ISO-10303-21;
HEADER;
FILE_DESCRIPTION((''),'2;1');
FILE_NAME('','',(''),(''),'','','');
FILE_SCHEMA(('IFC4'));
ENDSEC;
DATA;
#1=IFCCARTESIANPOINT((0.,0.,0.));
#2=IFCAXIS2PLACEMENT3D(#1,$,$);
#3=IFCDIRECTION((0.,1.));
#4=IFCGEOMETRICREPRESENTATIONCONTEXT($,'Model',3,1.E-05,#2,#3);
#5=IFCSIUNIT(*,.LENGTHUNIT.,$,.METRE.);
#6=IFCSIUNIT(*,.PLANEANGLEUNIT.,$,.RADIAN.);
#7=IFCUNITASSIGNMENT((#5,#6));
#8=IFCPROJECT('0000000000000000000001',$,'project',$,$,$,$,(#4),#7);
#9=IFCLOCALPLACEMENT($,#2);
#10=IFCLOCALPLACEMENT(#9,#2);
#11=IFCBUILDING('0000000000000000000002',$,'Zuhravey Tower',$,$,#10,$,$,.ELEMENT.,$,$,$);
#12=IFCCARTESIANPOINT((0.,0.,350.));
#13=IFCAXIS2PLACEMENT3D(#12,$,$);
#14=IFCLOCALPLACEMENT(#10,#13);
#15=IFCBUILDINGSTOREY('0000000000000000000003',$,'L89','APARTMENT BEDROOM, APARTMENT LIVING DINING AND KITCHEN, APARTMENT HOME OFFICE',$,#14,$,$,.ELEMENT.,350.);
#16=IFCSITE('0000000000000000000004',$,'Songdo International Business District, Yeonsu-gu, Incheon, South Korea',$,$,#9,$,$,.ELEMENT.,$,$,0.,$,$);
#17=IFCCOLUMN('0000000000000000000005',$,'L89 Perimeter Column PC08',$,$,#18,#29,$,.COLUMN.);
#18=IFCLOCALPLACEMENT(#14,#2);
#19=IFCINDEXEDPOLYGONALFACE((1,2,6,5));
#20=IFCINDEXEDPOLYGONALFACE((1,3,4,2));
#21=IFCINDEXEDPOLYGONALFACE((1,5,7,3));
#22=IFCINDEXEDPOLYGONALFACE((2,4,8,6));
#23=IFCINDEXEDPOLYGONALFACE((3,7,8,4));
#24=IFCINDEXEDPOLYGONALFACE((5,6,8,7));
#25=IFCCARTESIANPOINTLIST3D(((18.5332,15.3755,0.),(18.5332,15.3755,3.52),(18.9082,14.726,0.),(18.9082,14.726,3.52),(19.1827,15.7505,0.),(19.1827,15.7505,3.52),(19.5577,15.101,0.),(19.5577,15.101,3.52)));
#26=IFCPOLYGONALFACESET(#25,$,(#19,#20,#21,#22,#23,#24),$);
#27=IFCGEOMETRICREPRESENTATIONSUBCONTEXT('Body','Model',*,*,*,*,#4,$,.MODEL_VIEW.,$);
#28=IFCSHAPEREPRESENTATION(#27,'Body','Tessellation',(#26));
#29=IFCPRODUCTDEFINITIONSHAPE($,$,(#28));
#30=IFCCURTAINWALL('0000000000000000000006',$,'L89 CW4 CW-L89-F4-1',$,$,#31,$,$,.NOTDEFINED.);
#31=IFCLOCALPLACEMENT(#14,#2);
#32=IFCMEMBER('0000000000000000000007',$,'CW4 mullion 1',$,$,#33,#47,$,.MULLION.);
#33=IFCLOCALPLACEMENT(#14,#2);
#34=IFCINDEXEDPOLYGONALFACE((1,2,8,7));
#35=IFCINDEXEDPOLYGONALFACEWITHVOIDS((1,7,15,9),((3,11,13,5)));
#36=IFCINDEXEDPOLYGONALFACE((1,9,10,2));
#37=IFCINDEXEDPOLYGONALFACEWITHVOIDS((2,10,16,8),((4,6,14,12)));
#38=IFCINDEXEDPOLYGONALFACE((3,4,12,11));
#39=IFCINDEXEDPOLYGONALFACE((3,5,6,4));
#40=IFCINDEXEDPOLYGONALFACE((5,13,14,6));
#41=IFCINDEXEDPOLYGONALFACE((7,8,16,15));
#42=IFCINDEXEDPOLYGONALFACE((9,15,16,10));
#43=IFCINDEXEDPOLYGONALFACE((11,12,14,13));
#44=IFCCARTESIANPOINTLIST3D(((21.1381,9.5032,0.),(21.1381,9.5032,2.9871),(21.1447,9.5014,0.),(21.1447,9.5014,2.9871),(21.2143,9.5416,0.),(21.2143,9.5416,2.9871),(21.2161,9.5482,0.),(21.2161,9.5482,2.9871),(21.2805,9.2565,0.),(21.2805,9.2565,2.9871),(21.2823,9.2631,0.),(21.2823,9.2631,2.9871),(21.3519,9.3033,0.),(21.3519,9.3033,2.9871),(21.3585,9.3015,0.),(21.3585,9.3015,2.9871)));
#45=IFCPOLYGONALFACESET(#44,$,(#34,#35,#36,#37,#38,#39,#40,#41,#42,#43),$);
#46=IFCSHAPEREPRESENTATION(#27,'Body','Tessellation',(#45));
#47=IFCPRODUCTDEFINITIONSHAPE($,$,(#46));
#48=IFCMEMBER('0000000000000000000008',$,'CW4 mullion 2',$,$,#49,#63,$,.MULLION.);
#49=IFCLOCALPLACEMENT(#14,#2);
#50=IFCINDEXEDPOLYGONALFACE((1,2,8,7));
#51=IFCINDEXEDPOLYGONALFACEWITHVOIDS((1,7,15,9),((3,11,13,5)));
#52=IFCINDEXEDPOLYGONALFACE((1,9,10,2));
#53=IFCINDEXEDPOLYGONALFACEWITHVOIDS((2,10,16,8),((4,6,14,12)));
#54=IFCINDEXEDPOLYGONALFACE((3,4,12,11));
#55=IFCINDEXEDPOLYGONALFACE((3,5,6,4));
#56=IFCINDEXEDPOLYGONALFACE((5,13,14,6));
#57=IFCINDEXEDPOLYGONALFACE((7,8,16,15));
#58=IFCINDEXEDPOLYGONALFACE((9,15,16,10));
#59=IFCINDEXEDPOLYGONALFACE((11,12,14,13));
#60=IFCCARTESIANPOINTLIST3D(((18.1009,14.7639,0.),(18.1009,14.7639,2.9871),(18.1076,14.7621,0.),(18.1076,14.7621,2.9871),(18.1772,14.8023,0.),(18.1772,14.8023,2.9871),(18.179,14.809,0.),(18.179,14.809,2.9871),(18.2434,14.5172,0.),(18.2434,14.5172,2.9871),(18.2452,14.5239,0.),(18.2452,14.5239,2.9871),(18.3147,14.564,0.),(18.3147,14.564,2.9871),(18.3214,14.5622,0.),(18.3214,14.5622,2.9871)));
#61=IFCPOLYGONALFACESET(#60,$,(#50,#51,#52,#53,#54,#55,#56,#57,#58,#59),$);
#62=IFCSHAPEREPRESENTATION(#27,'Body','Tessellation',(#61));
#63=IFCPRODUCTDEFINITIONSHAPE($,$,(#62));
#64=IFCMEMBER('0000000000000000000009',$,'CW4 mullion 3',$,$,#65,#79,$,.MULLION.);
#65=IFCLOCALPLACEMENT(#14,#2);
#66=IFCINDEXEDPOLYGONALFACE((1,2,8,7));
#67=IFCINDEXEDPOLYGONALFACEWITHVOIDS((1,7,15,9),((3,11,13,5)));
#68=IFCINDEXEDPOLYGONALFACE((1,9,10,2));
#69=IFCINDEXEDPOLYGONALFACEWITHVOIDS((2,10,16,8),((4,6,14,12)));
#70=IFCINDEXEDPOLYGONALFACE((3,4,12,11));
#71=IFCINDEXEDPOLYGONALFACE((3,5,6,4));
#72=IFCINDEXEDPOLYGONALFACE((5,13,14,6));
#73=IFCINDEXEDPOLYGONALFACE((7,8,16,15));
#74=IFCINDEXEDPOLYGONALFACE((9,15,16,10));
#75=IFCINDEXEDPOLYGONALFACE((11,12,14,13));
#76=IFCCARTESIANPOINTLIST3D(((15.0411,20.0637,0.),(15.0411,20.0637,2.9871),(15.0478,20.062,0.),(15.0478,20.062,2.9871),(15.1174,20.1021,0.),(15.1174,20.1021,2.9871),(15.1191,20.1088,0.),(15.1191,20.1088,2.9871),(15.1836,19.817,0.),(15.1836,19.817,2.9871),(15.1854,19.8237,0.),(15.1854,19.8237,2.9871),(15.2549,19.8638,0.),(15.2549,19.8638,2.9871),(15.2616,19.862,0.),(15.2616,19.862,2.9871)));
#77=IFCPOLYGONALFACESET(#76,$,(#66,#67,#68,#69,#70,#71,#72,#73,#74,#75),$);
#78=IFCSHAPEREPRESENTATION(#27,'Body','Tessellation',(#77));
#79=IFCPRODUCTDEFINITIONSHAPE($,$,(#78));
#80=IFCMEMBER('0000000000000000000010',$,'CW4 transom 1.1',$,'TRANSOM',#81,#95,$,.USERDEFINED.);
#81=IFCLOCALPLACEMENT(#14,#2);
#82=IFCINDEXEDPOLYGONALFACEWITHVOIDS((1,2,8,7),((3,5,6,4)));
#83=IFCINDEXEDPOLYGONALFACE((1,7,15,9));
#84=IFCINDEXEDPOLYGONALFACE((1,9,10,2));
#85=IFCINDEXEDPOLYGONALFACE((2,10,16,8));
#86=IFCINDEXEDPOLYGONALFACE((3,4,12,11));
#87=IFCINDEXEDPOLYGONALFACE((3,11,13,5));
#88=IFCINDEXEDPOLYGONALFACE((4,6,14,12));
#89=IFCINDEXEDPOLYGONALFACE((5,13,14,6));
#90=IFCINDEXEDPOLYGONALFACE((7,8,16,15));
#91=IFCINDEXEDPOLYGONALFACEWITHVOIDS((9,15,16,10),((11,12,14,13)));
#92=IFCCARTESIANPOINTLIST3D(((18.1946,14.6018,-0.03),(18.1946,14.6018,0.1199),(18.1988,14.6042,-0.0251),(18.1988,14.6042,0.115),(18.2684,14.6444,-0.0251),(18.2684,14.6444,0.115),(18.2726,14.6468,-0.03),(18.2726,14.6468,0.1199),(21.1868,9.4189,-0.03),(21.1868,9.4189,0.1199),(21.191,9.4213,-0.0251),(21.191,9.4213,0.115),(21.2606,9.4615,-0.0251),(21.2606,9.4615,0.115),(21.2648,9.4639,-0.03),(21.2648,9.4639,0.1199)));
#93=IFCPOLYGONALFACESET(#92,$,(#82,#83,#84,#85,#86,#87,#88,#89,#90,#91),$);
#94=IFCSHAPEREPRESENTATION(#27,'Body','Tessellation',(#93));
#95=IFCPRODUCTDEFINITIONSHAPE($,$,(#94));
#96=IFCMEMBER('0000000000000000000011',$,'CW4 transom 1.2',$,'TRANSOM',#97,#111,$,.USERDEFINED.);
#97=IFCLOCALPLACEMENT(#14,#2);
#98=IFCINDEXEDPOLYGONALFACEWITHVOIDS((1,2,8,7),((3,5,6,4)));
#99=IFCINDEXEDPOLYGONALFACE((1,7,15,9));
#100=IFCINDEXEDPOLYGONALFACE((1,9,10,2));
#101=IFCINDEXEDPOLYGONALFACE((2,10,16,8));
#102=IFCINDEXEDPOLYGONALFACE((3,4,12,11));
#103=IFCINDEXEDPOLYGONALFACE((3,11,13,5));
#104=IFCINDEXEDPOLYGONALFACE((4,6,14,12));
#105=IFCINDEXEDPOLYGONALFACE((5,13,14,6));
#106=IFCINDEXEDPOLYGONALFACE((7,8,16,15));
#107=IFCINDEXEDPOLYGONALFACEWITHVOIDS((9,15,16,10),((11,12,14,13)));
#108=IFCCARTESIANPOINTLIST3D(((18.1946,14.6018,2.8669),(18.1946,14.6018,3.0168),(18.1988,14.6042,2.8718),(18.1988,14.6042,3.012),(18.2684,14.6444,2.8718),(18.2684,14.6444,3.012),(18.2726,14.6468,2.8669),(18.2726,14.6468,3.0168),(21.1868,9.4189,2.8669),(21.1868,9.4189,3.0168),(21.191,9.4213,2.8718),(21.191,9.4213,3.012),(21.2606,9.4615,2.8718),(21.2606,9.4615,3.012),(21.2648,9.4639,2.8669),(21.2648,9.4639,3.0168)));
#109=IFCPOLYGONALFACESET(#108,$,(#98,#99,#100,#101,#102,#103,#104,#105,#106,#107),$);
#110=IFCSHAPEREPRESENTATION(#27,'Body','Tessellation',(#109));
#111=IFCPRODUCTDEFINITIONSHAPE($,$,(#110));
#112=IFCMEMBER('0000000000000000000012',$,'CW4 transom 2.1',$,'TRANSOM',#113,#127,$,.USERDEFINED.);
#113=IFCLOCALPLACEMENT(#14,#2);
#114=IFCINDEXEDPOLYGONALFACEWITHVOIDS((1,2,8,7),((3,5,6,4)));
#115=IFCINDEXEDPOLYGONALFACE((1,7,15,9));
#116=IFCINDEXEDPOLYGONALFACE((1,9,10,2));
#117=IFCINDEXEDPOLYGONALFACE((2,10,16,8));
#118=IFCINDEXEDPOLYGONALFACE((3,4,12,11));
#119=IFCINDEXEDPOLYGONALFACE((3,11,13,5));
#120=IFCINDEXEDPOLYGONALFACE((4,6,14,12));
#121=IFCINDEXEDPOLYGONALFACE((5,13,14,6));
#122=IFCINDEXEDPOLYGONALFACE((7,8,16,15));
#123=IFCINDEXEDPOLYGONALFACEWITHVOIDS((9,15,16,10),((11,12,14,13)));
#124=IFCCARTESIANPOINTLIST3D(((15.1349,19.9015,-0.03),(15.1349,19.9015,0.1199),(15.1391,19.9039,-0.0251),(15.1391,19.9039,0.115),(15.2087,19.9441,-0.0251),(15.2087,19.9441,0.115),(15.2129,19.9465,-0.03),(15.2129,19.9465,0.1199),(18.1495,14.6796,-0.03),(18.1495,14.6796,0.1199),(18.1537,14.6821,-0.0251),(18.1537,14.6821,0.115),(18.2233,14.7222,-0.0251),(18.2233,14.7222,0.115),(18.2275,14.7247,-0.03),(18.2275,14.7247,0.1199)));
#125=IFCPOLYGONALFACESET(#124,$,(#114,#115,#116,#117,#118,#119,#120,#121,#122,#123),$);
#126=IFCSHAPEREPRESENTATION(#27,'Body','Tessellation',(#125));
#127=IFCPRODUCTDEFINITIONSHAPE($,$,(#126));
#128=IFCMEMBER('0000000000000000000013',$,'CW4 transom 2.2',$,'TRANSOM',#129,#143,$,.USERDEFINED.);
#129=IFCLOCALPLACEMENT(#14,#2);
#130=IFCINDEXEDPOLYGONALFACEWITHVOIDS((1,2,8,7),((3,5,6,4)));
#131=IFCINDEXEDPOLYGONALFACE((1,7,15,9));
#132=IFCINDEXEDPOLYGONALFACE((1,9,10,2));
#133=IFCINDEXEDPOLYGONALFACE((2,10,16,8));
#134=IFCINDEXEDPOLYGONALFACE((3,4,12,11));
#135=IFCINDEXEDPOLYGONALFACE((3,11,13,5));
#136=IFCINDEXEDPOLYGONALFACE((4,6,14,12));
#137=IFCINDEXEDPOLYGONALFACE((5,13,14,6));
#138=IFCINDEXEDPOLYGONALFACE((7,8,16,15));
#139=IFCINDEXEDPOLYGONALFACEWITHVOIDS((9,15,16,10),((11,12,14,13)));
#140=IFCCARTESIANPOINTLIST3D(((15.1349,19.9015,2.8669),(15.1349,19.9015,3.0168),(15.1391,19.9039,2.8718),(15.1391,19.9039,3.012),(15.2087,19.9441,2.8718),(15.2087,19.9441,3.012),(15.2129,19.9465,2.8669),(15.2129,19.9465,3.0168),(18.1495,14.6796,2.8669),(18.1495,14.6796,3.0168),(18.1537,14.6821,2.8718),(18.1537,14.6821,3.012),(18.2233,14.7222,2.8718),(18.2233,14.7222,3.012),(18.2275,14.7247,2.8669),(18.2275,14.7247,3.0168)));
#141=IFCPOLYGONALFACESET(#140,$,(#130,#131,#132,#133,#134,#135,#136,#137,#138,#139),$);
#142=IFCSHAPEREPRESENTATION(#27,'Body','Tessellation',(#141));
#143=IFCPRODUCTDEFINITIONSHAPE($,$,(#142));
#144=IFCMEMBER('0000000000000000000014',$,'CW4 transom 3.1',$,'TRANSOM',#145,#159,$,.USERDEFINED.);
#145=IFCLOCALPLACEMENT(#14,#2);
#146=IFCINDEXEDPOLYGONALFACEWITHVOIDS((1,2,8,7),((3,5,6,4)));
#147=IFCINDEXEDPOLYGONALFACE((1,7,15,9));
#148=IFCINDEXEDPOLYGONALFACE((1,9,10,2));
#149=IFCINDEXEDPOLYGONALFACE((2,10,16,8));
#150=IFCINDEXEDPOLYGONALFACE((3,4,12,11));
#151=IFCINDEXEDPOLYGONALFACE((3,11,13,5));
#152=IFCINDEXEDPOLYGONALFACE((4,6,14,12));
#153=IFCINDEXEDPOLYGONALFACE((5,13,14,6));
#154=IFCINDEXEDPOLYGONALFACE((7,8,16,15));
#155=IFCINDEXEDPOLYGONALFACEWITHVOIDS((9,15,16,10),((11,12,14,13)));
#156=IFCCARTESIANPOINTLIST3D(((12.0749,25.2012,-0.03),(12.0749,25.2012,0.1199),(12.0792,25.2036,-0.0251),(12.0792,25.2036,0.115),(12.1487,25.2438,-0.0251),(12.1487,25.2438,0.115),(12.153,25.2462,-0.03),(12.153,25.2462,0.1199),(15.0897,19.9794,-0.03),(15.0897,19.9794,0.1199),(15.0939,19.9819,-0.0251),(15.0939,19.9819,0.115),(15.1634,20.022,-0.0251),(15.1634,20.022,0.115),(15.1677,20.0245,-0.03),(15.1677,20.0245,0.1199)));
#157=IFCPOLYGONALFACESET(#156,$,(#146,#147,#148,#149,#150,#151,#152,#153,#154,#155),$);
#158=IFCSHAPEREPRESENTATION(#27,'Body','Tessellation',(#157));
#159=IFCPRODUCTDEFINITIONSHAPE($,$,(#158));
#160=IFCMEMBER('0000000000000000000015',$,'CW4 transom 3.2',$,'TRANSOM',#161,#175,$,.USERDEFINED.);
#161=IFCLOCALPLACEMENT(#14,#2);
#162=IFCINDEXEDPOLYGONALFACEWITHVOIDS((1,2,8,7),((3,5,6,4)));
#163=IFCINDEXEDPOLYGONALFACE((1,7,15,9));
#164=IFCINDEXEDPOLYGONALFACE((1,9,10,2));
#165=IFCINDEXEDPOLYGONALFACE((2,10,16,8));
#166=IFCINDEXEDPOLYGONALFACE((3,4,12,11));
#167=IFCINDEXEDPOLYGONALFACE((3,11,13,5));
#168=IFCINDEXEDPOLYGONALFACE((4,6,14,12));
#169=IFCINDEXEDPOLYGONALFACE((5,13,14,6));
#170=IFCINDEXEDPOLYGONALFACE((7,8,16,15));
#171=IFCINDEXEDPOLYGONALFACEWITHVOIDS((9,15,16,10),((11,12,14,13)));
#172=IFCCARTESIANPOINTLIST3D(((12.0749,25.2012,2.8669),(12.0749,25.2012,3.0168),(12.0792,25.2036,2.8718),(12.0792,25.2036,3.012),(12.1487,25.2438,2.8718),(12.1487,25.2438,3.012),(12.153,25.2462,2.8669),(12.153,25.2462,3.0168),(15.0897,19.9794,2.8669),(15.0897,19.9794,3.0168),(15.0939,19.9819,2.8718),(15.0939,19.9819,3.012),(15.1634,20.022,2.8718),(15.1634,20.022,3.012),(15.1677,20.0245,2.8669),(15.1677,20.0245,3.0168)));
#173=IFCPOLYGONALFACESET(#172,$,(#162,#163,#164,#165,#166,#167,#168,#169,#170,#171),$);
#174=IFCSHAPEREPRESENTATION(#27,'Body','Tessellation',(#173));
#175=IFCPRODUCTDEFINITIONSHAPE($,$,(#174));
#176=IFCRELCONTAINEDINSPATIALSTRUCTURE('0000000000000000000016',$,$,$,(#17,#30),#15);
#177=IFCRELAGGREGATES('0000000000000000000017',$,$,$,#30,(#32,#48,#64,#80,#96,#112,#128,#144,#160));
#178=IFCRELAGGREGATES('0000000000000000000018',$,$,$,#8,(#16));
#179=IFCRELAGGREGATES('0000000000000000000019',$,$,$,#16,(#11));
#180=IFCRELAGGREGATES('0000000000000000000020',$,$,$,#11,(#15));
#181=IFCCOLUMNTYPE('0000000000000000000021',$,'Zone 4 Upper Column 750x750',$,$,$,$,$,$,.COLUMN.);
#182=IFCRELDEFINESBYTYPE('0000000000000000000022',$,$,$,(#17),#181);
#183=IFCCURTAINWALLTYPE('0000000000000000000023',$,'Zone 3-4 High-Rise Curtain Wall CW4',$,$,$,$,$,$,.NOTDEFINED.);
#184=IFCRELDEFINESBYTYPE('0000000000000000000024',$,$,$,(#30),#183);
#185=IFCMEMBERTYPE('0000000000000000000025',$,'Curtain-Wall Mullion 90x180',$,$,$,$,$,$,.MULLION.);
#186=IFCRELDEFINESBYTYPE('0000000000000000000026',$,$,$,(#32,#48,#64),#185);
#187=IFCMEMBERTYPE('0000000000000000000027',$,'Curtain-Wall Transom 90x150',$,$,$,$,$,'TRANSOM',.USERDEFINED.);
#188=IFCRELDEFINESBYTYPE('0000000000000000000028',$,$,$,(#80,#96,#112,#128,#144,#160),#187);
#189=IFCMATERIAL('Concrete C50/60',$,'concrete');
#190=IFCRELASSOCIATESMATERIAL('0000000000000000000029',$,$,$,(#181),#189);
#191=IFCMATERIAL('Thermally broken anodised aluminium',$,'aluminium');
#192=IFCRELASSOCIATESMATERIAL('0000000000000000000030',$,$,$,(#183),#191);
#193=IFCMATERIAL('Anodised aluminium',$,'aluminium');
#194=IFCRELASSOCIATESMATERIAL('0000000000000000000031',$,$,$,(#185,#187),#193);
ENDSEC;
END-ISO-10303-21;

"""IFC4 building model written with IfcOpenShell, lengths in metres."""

from ifc_helpers import new_model, si_unit, direction, frame, origin, origin_2d, place, context, subcontext, project, spatial, rectangle, hollow_rectangle, extrude, material, material_profile, profile_set, type_object, element, aggregate, save


model = new_model("IFC4")

# Units and contexts
model_context = context("Model", 3, precision=1e-05, world=origin(), true_north=direction((0.0, 1.0)))
body_context = subcontext(model_context, "Body", "Model", "MODEL_VIEW")
ifc_project = project(units=[si_unit("LENGTHUNIT", "METRE"), si_unit("PLANEANGLEUNIT", "RADIAN")], contexts=[model_context])

# Site, building, storey
site_placement = place(None, origin())
site = spatial("IfcSite", under=ifc_project, at=site_placement, Name="Songdo International Business District, Yeonsu-gu, Incheon, South Korea", CompositionType="ELEMENT", RefElevation=0.0)
building_placement = place(site_placement, origin())
building = spatial("IfcBuilding", under=site, at=building_placement, Name="Zuhravey Tower", CompositionType="ELEMENT")
storey_placement = place(building_placement, frame((0.0, 0.0, 350.0)))
storey = spatial("IfcBuildingStorey", under=building, at=storey_placement, Name="L89", Description="APARTMENT BEDROOM, APARTMENT LIVING DINING AND KITCHEN, APARTMENT HOME OFFICE", CompositionType="ELEMENT", Elevation=350.0)

# Column
ifc_material_1 = material(Name="Concrete C50/60", Category="concrete")
ifc_material_profile_1 = material_profile(ifc_material_1, rectangle(XDim=0.75, YDim=0.75, at=origin_2d()), Name="RC-750x750")
ifc_profile_set_1 = profile_set([ifc_material_profile_1], Name="Concrete C50/60")
column_type = type_object("IfcColumnType", Name="Zone 4 Upper Column 750x750", PredefinedType="COLUMN", material=ifc_profile_set_1)
column_placement = place(storey_placement, frame((19.0454, 15.2383, 0.0), z_axis=(0.0, 0.0, 1.0), x_axis=(0.5, -0.866025, 0.0)))
element("IfcColumn", 1, at=column_placement, inside=storey, type_object=column_type, Name="L89 Perimeter Column PC08", PredefinedType="COLUMN", context=body_context, shape_type="SweptSolid", body=[
    extrude(rectangle(XDim=0.75, YDim=0.75, at=origin_2d()), origin(), (0.0, 0.0, 1.0), 3.52),
])

# Curtain wall, members
ifc_material_2 = material(Name="Thermally broken anodised aluminium", Category="aluminium")
curtain_wall_type = type_object("IfcCurtainWallType", Name="Zone 3-4 High-Rise Curtain Wall CW4", PredefinedType="NOTDEFINED", material=ifc_material_2)
curtain_wall_placement = place(storey_placement, origin())
curtain_wall = element("IfcCurtainWall", 2, at=curtain_wall_placement, inside=storey, type_object=curtain_wall_type, Name="L89 CW4 CW-L89-F4-1", PredefinedType="NOTDEFINED")
ifc_material_3 = material(Name="Anodised aluminium", Category="aluminium")
ifc_material_profile_2 = material_profile(ifc_material_3, hollow_rectangle(XDim=0.0901, YDim=0.2849, WallThickness=0.0049, at=origin_2d()), Name="ALU-RHS-90x285x5")
ifc_profile_set_2 = profile_set([ifc_material_profile_2], Name="Anodised aluminium")
member_type_1 = type_object("IfcMemberType", Name="Curtain-Wall Mullion 90x180", PredefinedType="MULLION", material=ifc_profile_set_2)
member_1_placement = place(storey_placement, frame((21.2483, 9.4023, 0.0), z_axis=(0.0, 0.0, 1.0), x_axis=(-0.866026, -0.5, 0.0)))
member_1 = element("IfcMember", 3, at=member_1_placement, type_object=member_type_1, Name="CW4 mullion 1", PredefinedType="MULLION", context=body_context, shape_type="SweptSolid", body=[
    extrude(hollow_rectangle(XDim=0.0901, YDim=0.2849, WallThickness=0.0049, at=origin_2d()), origin(), (0.0, 0.0, 1.0), 2.9871),
])
member_2_placement = place(storey_placement, frame((18.2112, 14.6631, 0.0), z_axis=(0.0, 0.0, 1.0), x_axis=(-0.866026, -0.5, 0.0)))
member_2 = element("IfcMember", 4, at=member_2_placement, type_object=member_type_1, Name="CW4 mullion 2", PredefinedType="MULLION", context=body_context, shape_type="SweptSolid", body=[
    extrude(hollow_rectangle(XDim=0.0901, YDim=0.2849, WallThickness=0.0049, at=origin_2d()), origin(), (0.0, 0.0, 1.0), 2.9871),
])
member_3_placement = place(storey_placement, frame((15.1514, 19.9629, 0.0), z_axis=(0.0, 0.0, 1.0), x_axis=(-0.866026, -0.5, 0.0)))
member_3 = element("IfcMember", 5, at=member_3_placement, type_object=member_type_1, Name="CW4 mullion 3", PredefinedType="MULLION", context=body_context, shape_type="SweptSolid", body=[
    extrude(hollow_rectangle(XDim=0.0901, YDim=0.2849, WallThickness=0.0049, at=origin_2d()), origin(), (0.0, 0.0, 1.0), 2.9871),
])
ifc_material_profile_3 = material_profile(ifc_material_3, hollow_rectangle(XDim=0.0901, YDim=0.1499, WallThickness=0.0049, at=origin_2d()), Name="ALU-RHS-90x150x5")
ifc_profile_set_3 = profile_set([ifc_material_profile_3], Name="Anodised aluminium")
member_type_2 = type_object("IfcMemberType", Name="Curtain-Wall Transom 90x150", ElementType="TRANSOM", PredefinedType="USERDEFINED", material=ifc_profile_set_3)
member_4_placement = place(storey_placement, frame((21.2258, 9.4414, 0.0449), z_axis=(-0.499983, 0.866035, 0.0), x_axis=(-0.866035, -0.499983, 0.0)))
member_4 = element("IfcMember", 6, at=member_4_placement, type_object=member_type_2, Name="CW4 transom 1.1", ObjectType="TRANSOM", PredefinedType="USERDEFINED", context=body_context, shape_type="SweptSolid", body=[
    extrude(hollow_rectangle(XDim=0.0901, YDim=0.1499, WallThickness=0.0049, at=origin_2d()), origin(), (0.0, 0.0, 1.0), 5.9846),
])
member_5_placement = place(storey_placement, frame((21.2258, 9.4414, 2.9419), z_axis=(-0.499983, 0.866035, 0.0), x_axis=(-0.866035, -0.499983, 0.0)))
member_5 = element("IfcMember", 7, at=member_5_placement, type_object=member_type_2, Name="CW4 transom 1.2", ObjectType="TRANSOM", PredefinedType="USERDEFINED", context=body_context, shape_type="SweptSolid", body=[
    extrude(hollow_rectangle(XDim=0.0901, YDim=0.1499, WallThickness=0.0049, at=origin_2d()), origin(), (0.0, 0.0, 1.0), 5.9846),
])
member_6_placement = place(storey_placement, frame((18.1885, 14.7021, 0.0449), z_axis=(-0.499971, 0.866042, 0.0), x_axis=(-0.866042, -0.499971, 0.0)))
member_6 = element("IfcMember", 8, at=member_6_placement, type_object=member_type_2, Name="CW4 transom 2.1", ObjectType="TRANSOM", PredefinedType="USERDEFINED", context=body_context, shape_type="SweptSolid", body=[
    extrude(hollow_rectangle(XDim=0.0901, YDim=0.1499, WallThickness=0.0049, at=origin_2d()), origin(), (0.0, 0.0, 1.0), 6.0295),
])
member_7_placement = place(storey_placement, frame((18.1885, 14.7021, 2.9419), z_axis=(-0.499971, 0.866042, 0.0), x_axis=(-0.866042, -0.499971, 0.0)))
member_7 = element("IfcMember", 9, at=member_7_placement, type_object=member_type_2, Name="CW4 transom 2.2", ObjectType="TRANSOM", PredefinedType="USERDEFINED", context=body_context, shape_type="SweptSolid", body=[
    extrude(hollow_rectangle(XDim=0.0901, YDim=0.1499, WallThickness=0.0049, at=origin_2d()), origin(), (0.0, 0.0, 1.0), 6.0295),
])
member_8_placement = place(storey_placement, frame((15.1287, 20.002, 0.0449), z_axis=(-0.499989, 0.866032, 0.0), x_axis=(-0.866032, -0.499989, 0.0)))
member_8 = element("IfcMember", 10, at=member_8_placement, type_object=member_type_2, Name="CW4 transom 3.1", ObjectType="TRANSOM", PredefinedType="USERDEFINED", context=body_context, shape_type="SweptSolid", body=[
    extrude(hollow_rectangle(XDim=0.0901, YDim=0.1499, WallThickness=0.0049, at=origin_2d()), origin(), (0.0, 0.0, 1.0), 6.0295),
])
member_9_placement = place(storey_placement, frame((15.1287, 20.002, 2.9419), z_axis=(-0.499989, 0.866032, 0.0), x_axis=(-0.866032, -0.499989, 0.0)))
member_9 = element("IfcMember", 11, at=member_9_placement, type_object=member_type_2, Name="CW4 transom 3.2", ObjectType="TRANSOM", PredefinedType="USERDEFINED", context=body_context, shape_type="SweptSolid", body=[
    extrude(hollow_rectangle(XDim=0.0901, YDim=0.1499, WallThickness=0.0049, at=origin_2d()), origin(), (0.0, 0.0, 1.0), 6.0295),
])

aggregate(curtain_wall, [member_1, member_2, member_3, member_4, member_5, member_6, member_7, member_8, member_9])

save(model, "model.ifc")
